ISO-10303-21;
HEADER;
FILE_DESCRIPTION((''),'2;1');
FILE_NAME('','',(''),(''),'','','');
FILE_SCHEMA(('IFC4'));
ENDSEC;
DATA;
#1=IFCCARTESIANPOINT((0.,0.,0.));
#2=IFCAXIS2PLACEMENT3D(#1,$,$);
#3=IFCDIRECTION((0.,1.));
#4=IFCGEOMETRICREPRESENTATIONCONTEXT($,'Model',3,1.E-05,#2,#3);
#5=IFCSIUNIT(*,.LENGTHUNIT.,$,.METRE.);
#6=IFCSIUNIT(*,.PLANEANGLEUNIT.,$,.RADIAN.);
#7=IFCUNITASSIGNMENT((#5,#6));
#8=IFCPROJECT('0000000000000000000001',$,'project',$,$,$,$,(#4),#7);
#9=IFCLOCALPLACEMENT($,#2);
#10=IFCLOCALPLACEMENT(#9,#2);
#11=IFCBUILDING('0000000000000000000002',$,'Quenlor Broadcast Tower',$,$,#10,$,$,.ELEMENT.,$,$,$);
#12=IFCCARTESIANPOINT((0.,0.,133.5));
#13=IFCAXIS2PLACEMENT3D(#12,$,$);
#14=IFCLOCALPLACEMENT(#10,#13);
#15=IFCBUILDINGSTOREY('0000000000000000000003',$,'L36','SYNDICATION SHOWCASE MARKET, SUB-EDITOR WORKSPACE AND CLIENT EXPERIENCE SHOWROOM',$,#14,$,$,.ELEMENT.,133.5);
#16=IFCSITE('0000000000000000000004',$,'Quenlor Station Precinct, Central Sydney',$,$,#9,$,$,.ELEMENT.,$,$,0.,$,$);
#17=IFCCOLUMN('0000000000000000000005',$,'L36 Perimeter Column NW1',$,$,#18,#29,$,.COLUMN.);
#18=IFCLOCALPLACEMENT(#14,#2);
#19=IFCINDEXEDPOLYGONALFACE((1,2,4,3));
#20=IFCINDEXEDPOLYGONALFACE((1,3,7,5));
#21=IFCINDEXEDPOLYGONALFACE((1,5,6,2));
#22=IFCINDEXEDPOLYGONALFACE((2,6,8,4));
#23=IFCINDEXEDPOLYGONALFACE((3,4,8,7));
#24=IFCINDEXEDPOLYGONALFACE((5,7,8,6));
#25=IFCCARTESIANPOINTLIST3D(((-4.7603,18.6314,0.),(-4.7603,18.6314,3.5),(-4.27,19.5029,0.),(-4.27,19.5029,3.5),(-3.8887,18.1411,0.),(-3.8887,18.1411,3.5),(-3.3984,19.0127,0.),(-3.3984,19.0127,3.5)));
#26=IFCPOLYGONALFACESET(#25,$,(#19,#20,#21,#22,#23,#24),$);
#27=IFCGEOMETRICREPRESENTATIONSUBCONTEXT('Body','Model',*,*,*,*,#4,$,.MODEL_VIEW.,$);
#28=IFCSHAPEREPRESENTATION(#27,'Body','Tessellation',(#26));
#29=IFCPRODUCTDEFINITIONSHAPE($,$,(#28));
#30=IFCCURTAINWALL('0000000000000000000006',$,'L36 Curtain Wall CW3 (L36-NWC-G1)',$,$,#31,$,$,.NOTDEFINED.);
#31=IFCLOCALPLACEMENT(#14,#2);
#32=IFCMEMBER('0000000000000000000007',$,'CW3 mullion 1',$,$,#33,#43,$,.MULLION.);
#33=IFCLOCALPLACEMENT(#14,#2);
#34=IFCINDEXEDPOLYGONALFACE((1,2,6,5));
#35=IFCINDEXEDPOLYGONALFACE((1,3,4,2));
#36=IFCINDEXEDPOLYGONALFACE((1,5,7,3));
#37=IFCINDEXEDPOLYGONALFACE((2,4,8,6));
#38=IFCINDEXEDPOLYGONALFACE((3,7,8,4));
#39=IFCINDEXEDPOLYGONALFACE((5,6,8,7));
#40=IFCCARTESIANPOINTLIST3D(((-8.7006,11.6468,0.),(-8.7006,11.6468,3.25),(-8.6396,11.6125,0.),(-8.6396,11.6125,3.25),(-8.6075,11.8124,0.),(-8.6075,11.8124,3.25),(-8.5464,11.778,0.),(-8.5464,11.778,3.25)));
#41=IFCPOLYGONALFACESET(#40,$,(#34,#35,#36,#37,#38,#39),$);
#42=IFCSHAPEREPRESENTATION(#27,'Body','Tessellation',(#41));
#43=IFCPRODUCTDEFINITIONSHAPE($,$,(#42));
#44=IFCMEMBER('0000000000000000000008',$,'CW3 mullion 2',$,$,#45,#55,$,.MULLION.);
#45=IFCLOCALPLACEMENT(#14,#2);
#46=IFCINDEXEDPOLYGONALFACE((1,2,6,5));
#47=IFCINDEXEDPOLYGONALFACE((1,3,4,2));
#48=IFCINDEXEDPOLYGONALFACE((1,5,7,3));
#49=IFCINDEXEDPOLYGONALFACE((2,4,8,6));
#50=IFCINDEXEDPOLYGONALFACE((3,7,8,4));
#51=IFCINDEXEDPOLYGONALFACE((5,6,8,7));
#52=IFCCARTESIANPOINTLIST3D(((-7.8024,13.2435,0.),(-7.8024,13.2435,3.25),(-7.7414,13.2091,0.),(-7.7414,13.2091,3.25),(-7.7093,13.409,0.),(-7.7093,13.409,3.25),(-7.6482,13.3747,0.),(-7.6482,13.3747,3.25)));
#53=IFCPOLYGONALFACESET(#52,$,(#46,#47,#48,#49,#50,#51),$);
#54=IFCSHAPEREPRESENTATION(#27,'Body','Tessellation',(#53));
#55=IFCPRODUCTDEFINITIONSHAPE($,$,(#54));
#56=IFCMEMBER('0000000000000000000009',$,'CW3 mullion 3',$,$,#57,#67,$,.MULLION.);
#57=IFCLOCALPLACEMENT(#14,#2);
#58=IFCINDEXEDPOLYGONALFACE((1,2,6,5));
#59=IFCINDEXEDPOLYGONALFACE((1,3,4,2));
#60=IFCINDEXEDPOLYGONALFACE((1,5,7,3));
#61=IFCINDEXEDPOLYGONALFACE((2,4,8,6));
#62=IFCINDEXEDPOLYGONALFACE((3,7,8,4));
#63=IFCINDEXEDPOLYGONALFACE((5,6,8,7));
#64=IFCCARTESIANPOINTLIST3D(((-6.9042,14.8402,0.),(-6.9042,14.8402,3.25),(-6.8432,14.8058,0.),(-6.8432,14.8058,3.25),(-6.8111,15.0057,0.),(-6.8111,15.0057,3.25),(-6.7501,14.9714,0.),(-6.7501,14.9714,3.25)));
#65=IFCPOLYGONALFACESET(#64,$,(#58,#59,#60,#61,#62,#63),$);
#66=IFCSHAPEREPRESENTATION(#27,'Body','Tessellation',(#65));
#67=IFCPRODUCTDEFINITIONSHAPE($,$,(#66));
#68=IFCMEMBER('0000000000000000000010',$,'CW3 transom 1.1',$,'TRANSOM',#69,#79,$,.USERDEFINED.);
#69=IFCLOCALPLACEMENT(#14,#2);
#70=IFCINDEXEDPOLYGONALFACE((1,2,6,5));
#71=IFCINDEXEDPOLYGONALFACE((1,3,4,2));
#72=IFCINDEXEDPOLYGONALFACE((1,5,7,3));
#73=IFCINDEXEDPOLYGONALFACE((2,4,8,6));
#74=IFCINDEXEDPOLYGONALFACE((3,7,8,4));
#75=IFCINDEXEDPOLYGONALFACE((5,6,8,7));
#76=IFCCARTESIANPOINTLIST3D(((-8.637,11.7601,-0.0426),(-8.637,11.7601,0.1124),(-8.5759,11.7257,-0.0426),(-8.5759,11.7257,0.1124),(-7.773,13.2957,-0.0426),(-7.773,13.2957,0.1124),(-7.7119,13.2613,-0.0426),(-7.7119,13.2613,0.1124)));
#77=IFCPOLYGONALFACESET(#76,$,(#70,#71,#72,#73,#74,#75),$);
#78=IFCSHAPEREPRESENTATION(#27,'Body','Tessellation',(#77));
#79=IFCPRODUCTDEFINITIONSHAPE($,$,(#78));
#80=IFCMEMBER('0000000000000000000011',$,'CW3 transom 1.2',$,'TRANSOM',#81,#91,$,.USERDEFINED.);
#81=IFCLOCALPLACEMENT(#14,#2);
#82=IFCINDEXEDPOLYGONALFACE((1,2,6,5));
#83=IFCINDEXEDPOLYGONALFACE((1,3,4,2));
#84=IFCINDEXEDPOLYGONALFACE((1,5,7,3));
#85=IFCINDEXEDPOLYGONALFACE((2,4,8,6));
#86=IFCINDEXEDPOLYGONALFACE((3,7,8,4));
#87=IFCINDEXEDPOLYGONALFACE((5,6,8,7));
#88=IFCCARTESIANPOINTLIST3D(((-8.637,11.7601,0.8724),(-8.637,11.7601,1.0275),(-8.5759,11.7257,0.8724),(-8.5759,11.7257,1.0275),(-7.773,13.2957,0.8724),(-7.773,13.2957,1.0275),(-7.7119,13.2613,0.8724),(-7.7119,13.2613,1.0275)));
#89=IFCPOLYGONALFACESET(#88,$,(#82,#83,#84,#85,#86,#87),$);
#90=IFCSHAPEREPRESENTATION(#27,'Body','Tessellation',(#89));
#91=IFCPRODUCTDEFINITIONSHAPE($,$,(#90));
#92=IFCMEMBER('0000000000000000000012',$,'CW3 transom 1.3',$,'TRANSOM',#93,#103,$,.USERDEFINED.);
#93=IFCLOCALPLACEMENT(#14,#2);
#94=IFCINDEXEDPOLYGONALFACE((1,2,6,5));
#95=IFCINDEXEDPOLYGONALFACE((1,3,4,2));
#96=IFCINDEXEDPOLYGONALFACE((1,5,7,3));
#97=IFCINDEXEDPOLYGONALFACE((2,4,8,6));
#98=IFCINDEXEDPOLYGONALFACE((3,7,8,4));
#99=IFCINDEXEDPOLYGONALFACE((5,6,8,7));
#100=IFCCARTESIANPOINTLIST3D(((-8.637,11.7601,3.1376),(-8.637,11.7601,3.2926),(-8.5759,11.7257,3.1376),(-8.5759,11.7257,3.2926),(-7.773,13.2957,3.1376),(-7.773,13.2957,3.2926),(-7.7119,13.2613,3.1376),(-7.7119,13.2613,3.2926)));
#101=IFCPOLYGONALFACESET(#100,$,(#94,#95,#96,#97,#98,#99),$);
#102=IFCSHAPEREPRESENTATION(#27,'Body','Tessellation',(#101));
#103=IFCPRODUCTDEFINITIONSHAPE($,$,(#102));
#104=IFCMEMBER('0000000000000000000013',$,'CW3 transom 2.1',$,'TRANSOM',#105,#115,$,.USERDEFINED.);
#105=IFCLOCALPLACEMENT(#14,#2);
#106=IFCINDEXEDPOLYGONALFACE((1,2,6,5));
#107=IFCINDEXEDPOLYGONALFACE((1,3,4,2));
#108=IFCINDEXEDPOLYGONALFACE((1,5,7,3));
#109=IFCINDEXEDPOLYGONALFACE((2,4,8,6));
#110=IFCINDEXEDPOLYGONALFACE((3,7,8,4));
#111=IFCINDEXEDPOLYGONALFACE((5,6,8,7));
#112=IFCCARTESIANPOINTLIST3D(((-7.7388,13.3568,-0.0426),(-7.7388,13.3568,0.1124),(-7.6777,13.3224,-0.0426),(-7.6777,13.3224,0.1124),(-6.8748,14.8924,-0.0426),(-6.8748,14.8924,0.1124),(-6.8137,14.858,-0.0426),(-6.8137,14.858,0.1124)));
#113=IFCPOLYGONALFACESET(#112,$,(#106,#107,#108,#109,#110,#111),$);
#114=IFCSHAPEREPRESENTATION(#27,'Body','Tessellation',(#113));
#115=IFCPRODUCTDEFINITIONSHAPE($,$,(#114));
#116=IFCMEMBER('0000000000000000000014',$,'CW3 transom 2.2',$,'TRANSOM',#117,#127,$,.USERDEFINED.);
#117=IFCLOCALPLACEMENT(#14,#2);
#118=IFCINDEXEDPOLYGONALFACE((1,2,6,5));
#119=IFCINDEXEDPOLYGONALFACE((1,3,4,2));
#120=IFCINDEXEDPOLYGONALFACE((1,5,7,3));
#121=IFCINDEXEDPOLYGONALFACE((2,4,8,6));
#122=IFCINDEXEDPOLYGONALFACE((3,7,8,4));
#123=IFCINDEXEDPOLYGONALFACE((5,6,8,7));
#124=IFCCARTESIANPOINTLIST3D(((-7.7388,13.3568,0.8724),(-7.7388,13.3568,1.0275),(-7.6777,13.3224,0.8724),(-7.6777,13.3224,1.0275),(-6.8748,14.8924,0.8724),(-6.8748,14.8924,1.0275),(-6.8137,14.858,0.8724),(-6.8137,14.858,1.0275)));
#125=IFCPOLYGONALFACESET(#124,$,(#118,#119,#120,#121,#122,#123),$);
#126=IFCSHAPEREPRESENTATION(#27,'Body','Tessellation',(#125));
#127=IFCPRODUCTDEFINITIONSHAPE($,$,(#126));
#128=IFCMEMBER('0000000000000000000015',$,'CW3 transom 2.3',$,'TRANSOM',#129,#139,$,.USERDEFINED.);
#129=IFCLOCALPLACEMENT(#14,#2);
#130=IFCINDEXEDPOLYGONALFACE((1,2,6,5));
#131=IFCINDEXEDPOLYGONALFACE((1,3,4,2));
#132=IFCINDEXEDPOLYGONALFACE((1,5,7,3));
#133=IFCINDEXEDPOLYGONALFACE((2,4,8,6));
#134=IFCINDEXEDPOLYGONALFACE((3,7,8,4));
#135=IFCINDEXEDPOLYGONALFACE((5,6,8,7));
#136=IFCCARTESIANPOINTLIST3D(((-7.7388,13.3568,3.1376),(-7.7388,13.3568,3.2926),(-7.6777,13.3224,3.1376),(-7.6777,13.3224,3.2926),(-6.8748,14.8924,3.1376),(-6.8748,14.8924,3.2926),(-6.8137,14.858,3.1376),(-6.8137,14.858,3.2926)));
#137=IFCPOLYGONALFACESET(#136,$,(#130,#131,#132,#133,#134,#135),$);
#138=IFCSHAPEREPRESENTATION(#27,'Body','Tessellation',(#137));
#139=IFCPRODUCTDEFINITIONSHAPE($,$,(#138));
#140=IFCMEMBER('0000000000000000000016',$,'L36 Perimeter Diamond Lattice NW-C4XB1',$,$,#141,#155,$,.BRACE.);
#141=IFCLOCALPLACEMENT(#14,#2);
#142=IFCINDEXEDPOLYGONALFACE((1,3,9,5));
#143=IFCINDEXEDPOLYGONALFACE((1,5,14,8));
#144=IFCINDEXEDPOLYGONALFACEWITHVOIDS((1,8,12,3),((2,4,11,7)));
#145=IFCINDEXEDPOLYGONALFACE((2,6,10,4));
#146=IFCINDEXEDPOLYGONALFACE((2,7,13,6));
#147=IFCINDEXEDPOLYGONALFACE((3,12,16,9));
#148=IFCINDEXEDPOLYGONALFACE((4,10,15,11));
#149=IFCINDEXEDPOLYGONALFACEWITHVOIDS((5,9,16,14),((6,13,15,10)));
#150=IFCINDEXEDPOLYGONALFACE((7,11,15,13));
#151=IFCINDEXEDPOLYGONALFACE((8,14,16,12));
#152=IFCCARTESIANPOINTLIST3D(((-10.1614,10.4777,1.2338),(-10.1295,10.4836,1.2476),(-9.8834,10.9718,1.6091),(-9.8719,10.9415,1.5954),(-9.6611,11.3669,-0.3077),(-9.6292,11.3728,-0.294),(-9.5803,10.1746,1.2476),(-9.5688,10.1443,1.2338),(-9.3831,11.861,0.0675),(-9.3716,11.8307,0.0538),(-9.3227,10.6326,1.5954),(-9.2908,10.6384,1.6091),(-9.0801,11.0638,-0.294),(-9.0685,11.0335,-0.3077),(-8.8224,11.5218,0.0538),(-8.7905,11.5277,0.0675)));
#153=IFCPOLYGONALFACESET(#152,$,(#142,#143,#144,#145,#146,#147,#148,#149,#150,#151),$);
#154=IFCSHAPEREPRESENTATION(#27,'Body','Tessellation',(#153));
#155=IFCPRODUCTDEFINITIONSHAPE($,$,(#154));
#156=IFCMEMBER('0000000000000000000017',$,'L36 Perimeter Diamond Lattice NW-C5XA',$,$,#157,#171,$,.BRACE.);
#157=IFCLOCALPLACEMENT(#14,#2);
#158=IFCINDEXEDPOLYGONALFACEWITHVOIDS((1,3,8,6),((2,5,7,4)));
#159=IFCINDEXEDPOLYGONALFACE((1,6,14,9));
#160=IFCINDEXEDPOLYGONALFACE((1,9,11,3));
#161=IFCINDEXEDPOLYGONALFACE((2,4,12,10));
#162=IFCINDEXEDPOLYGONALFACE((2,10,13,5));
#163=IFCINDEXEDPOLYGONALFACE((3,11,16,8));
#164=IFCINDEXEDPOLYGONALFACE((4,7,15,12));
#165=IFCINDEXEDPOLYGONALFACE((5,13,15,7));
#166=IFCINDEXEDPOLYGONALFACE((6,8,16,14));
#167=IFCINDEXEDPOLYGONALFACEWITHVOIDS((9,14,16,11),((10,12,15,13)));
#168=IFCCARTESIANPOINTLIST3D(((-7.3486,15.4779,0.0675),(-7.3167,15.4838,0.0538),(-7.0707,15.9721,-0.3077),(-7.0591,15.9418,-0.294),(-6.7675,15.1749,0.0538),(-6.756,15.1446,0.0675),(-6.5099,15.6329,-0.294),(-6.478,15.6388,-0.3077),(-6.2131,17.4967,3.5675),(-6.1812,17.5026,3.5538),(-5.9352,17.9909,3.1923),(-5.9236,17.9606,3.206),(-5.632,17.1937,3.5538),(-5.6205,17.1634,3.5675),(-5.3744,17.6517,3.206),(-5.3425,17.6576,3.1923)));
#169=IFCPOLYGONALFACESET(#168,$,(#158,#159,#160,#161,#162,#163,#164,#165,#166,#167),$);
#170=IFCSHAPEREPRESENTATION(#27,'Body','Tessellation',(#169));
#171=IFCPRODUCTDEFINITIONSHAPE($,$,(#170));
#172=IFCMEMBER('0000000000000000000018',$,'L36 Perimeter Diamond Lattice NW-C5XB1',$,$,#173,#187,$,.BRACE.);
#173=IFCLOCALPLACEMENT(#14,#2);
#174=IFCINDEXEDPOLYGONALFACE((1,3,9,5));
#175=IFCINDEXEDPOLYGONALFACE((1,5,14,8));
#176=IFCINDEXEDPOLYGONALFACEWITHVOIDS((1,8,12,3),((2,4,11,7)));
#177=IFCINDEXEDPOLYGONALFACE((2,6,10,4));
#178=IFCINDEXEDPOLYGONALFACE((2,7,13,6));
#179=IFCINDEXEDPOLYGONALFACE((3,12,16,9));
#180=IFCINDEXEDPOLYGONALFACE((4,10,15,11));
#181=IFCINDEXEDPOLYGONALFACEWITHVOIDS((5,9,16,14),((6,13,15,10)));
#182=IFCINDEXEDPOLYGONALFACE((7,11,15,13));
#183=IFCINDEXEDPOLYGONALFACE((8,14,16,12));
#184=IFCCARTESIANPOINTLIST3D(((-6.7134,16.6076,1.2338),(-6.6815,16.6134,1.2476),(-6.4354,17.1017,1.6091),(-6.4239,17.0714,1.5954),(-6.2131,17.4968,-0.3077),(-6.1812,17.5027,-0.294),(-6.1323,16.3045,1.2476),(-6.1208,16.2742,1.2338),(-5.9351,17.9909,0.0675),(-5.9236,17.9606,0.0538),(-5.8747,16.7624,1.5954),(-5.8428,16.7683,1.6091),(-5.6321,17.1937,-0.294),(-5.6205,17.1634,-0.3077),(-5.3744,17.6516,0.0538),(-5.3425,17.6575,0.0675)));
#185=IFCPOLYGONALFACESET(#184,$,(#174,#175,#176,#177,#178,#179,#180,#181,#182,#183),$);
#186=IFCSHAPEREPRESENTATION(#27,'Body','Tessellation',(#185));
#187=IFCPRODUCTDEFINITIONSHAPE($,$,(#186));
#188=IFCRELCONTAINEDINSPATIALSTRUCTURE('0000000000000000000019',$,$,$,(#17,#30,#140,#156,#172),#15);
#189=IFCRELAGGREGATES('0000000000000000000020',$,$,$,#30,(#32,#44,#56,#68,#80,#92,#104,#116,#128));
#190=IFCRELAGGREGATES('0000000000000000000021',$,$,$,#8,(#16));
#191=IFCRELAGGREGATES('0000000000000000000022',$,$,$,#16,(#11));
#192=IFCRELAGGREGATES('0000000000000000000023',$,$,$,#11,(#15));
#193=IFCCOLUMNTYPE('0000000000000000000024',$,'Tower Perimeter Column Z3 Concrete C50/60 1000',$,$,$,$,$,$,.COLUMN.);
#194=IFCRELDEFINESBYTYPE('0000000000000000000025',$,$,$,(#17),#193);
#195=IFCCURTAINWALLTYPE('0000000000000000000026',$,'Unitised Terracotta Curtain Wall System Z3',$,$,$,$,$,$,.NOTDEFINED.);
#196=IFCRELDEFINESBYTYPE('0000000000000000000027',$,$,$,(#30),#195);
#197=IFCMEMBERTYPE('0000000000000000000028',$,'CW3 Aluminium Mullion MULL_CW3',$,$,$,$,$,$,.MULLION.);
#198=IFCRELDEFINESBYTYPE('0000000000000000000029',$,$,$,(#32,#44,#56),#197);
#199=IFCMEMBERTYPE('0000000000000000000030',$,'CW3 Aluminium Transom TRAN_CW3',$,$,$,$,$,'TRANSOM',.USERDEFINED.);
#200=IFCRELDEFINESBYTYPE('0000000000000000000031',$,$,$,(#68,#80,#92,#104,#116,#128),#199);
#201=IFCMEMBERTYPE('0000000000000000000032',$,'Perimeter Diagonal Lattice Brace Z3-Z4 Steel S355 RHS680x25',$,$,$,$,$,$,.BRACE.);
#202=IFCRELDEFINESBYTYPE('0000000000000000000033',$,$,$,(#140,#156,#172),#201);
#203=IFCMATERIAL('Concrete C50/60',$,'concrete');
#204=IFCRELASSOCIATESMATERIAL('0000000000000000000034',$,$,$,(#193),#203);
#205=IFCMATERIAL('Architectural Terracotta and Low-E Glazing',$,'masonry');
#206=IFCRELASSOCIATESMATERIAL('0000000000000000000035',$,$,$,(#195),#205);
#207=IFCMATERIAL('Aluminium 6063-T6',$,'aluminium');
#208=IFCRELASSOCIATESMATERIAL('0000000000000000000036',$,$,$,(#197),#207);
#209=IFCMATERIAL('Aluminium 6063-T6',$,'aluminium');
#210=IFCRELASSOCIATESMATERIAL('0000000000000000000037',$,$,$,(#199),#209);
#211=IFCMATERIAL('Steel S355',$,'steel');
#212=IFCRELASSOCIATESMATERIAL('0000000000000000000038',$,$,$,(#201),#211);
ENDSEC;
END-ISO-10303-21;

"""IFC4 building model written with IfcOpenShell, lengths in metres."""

from ifc_helpers import new_model, si_unit, direction, frame, origin, origin_2d, place, context, subcontext, project, spatial, rectangle, hollow_rectangle, extrude, material, material_profile, profile_set, type_object, element, aggregate, save


model = new_model("IFC4")

# Units and contexts
model_context = context("Model", 3, precision=1e-05, world=origin(), true_north=direction((0.0, 1.0)))
body_context = subcontext(model_context, "Body", "Model", "MODEL_VIEW")
ifc_project = project(units=[si_unit("LENGTHUNIT", "METRE"), si_unit("PLANEANGLEUNIT", "RADIAN")], contexts=[model_context])

# Site, building, storey
site_placement = place(None, origin())
site = spatial("IfcSite", under=ifc_project, at=site_placement, Name="Quenlor Station Precinct, Central Sydney", CompositionType="ELEMENT", RefElevation=0.0)
building_placement = place(site_placement, origin())
building = spatial("IfcBuilding", under=site, at=building_placement, Name="Quenlor Broadcast Tower", CompositionType="ELEMENT")
storey_placement = place(building_placement, frame((0.0, 0.0, 133.5)))
storey = spatial("IfcBuildingStorey", under=building, at=storey_placement, Name="L36", Description="SYNDICATION SHOWCASE MARKET, SUB-EDITOR WORKSPACE AND CLIENT EXPERIENCE SHOWROOM", CompositionType="ELEMENT", Elevation=133.5)

# Column
ifc_material_1 = material(Name="Concrete C50/60", Category="concrete")
ifc_material_profile_1 = material_profile(ifc_material_1, rectangle(XDim=1.0, YDim=1.0, at=origin_2d()))
ifc_profile_set_1 = profile_set([ifc_material_profile_1], Name="Concrete C50/60 RC1000x1000")
column_type = type_object("IfcColumnType", Name="Tower Perimeter Column Z3 Concrete C50/60 1000", PredefinedType="COLUMN", material=ifc_profile_set_1)
column_placement = place(storey_placement, frame((-4.0793, 18.822, 0.0), z_axis=(0.0, 0.0, 1.0), x_axis=(-0.871575, 0.490262, 0.0)))
element("IfcColumn", 1, at=column_placement, inside=storey, type_object=column_type, Name="L36 Perimeter Column NW1", PredefinedType="COLUMN", context=body_context, shape_type="SweptSolid", body=[
    extrude(rectangle(XDim=1.0, YDim=1.0, at=origin_2d()), origin(), (0.0, 0.0, 1.0), 3.5),
])

# Curtain wall, members
ifc_material_2 = material(Name="Architectural Terracotta and Low-E Glazing", Category="masonry")
curtain_wall_type = type_object("IfcCurtainWallType", Name="Unitised Terracotta Curtain Wall System Z3", PredefinedType="NOTDEFINED", material=ifc_material_2)
curtain_wall_placement = place(storey_placement, origin())
curtain_wall = element("IfcCurtainWall", 2, at=curtain_wall_placement, inside=storey, type_object=curtain_wall_type, Name="L36 Curtain Wall CW3 (L36-NWC-G1)", PredefinedType="NOTDEFINED")
ifc_material_3 = material(Name="Aluminium 6063-T6", Category="aluminium")
ifc_material_profile_2 = material_profile(ifc_material_3, rectangle(XDim=0.0701, YDim=0.1899, at=origin_2d()))
ifc_profile_set_2 = profile_set([ifc_material_profile_2], Name="Aluminium 6063-T6 MULL70x190")
member_type_1 = type_object("IfcMemberType", Name="CW3 Aluminium Mullion MULL_CW3", PredefinedType="MULLION", material=ifc_profile_set_2)
member_1_placement = place(storey_placement, frame((-8.6235, 11.7124, 0.0), z_axis=(0.0, 0.0, 1.0), x_axis=(-0.871571, 0.49027, 0.0)))
member_1 = element("IfcMember", 3, at=member_1_placement, type_object=member_type_1, Name="CW3 mullion 1", PredefinedType="MULLION", context=body_context, shape_type="SweptSolid", body=[
    extrude(rectangle(XDim=0.0701, YDim=0.1899, at=origin_2d()), origin(), (0.0, 0.0, 1.0), 3.25),
])
member_2_placement = place(storey_placement, frame((-7.7253, 13.3091, 0.0), z_axis=(0.0, 0.0, 1.0), x_axis=(-0.871571, 0.49027, 0.0)))
member_2 = element("IfcMember", 4, at=member_2_placement, type_object=member_type_1, Name="CW3 mullion 2", PredefinedType="MULLION", context=body_context, shape_type="SweptSolid", body=[
    extrude(rectangle(XDim=0.0701, YDim=0.1899, at=origin_2d()), origin(), (0.0, 0.0, 1.0), 3.25),
])
member_3_placement = place(storey_placement, frame((-6.8271, 14.9058, 0.0), z_axis=(0.0, 0.0, 1.0), x_axis=(-0.871571, 0.49027, 0.0)))
member_3 = element("IfcMember", 5, at=member_3_placement, type_object=member_type_1, Name="CW3 mullion 3", PredefinedType="MULLION", context=body_context, shape_type="SweptSolid", body=[
    extrude(rectangle(XDim=0.0701, YDim=0.1899, at=origin_2d()), origin(), (0.0, 0.0, 1.0), 3.25),
])
ifc_material_4 = material(Name="Aluminium 6063-T6", Category="aluminium")
ifc_material_profile_3 = material_profile(ifc_material_4, rectangle(XDim=0.0701, YDim=0.155, at=origin_2d()))
ifc_profile_set_3 = profile_set([ifc_material_profile_3], Name="Aluminium 6063-T6 TRAN70x155")
member_type_2 = type_object("IfcMemberType", Name="CW3 Aluminium Transom TRAN_CW3", ElementType="TRANSOM", PredefinedType="USERDEFINED", material=ifc_profile_set_3)
member_4_placement = place(storey_placement, frame((-8.6064, 11.7429, 0.0349), z_axis=(0.490353, 0.871524, 0.0), x_axis=(-0.871524, 0.490353, 0.0)))
member_4 = element("IfcMember", 6, at=member_4_placement, type_object=member_type_2, Name="CW3 transom 1.1", ObjectType="TRANSOM", PredefinedType="USERDEFINED", context=body_context, shape_type="SweptSolid", body=[
    extrude(rectangle(XDim=0.0701, YDim=0.155, at=origin_2d()), origin(), (0.0, 0.0, 1.0), 1.762),
])
member_5_placement = place(storey_placement, frame((-8.6064, 11.7429, 0.95), z_axis=(0.490353, 0.871524, 0.0), x_axis=(-0.871524, 0.490353, 0.0)))
member_5 = element("IfcMember", 7, at=member_5_placement, type_object=member_type_2, Name="CW3 transom 1.2", ObjectType="TRANSOM", PredefinedType="USERDEFINED", context=body_context, shape_type="SweptSolid", body=[
    extrude(rectangle(XDim=0.0701, YDim=0.155, at=origin_2d()), origin(), (0.0, 0.0, 1.0), 1.762),
])
member_6_placement = place(storey_placement, frame((-8.6064, 11.7429, 3.2151), z_axis=(0.490353, 0.871524, 0.0), x_axis=(-0.871524, 0.490353, 0.0)))
member_6 = element("IfcMember", 8, at=member_6_placement, type_object=member_type_2, Name="CW3 transom 1.3", ObjectType="TRANSOM", PredefinedType="USERDEFINED", context=body_context, shape_type="SweptSolid", body=[
    extrude(rectangle(XDim=0.0701, YDim=0.155, at=origin_2d()), origin(), (0.0, 0.0, 1.0), 1.762),
])
member_7_placement = place(storey_placement, frame((-7.7083, 13.3396, 0.0349), z_axis=(0.490353, 0.871524, 0.0), x_axis=(-0.871524, 0.490353, 0.0)))
member_7 = element("IfcMember", 9, at=member_7_placement, type_object=member_type_2, Name="CW3 transom 2.1", ObjectType="TRANSOM", PredefinedType="USERDEFINED", context=body_context, shape_type="SweptSolid", body=[
    extrude(rectangle(XDim=0.0701, YDim=0.155, at=origin_2d()), origin(), (0.0, 0.0, 1.0), 1.762),
])
member_8_placement = place(storey_placement, frame((-7.7083, 13.3396, 0.95), z_axis=(0.490353, 0.871524, 0.0), x_axis=(-0.871524, 0.490353, 0.0)))
member_8 = element("IfcMember", 10, at=member_8_placement, type_object=member_type_2, Name="CW3 transom 2.2", ObjectType="TRANSOM", PredefinedType="USERDEFINED", context=body_context, shape_type="SweptSolid", body=[
    extrude(rectangle(XDim=0.0701, YDim=0.155, at=origin_2d()), origin(), (0.0, 0.0, 1.0), 1.762),
])
member_9_placement = place(storey_placement, frame((-7.7083, 13.3396, 3.2151), z_axis=(0.490353, 0.871524, 0.0), x_axis=(-0.871524, 0.490353, 0.0)))
member_9 = element("IfcMember", 11, at=member_9_placement, type_object=member_type_2, Name="CW3 transom 2.3", ObjectType="TRANSOM", PredefinedType="USERDEFINED", context=body_context, shape_type="SweptSolid", body=[
    extrude(rectangle(XDim=0.0701, YDim=0.155, at=origin_2d()), origin(), (0.0, 0.0, 1.0), 1.762),
])

# Members
ifc_material_5 = material(Name="Steel S355", Category="steel")
ifc_material_profile_4 = material_profile(ifc_material_5, hollow_rectangle(XDim=0.6799, YDim=0.6799, WallThickness=0.0249, at=origin_2d()))
ifc_profile_set_4 = profile_set([ifc_material_profile_4], Name="Steel S355 RHS680x680x25")
member_type_3 = type_object("IfcMemberType", Name="Perimeter Diagonal Lattice Brace Z3-Z4 Steel S355 RHS680x25", PredefinedType="BRACE", material=ifc_profile_set_4)
member_10_placement = place(storey_placement, frame((-9.2258, 11.4473, -0.1201), z_axis=(-0.270616, -0.481008, 0.833905), x_axis=(0.871537, -0.490329, 0.0)))
element("IfcMember", 12, at=member_10_placement, inside=storey, type_object=member_type_3, Name="L36 Perimeter Diamond Lattice NW-C4XB1", PredefinedType="BRACE", context=body_context, shape_type="SweptSolid", body=[
    extrude(hollow_rectangle(XDim=0.6799, YDim=0.6799, WallThickness=0.0249, at=origin_2d()), origin(), (0.0, 0.0, 1.0), 1.8486),
])
member_11_placement = place(storey_placement, frame((-6.9133, 15.5583, -0.1201), z_axis=(0.270549, 0.481009, 0.833927), x_axis=(-0.87159, 0.490236, 0.0)))
element("IfcMember", 13, at=member_11_placement, inside=storey, type_object=member_type_3, Name="L36 Perimeter Diamond Lattice NW-C5XA", PredefinedType="BRACE", context=body_context, shape_type="SweptSolid", body=[
    extrude(hollow_rectangle(XDim=0.6799, YDim=0.6799, WallThickness=0.0249, at=origin_2d()), origin(), (0.0, 0.0, 1.0), 4.197),
])
for number, where, z_axis, x_axis, name in (
    (14, (-5.7778, 17.5771, -0.1201), (-0.270616, -0.481008, 0.833905), (0.871537, -0.490329, 0.0), "L36 Perimeter Diamond Lattice NW-C5XB1"),
):
    element("IfcMember", number, at=place(storey_placement, frame(where, z_axis=z_axis, x_axis=x_axis)), inside=storey, type_object=member_type_3, Name=name, PredefinedType="BRACE", context=body_context, shape_type="SweptSolid", body=[
        extrude(hollow_rectangle(XDim=0.6799, YDim=0.6799, WallThickness=0.0249, at=origin_2d()), origin(), (0.0, 0.0, 1.0), 1.8486),
    ])

aggregate(curtain_wall, [member_1, member_2, member_3, member_4, member_5, member_6, member_7, member_8, member_9])

save(model, "model.ifc")
